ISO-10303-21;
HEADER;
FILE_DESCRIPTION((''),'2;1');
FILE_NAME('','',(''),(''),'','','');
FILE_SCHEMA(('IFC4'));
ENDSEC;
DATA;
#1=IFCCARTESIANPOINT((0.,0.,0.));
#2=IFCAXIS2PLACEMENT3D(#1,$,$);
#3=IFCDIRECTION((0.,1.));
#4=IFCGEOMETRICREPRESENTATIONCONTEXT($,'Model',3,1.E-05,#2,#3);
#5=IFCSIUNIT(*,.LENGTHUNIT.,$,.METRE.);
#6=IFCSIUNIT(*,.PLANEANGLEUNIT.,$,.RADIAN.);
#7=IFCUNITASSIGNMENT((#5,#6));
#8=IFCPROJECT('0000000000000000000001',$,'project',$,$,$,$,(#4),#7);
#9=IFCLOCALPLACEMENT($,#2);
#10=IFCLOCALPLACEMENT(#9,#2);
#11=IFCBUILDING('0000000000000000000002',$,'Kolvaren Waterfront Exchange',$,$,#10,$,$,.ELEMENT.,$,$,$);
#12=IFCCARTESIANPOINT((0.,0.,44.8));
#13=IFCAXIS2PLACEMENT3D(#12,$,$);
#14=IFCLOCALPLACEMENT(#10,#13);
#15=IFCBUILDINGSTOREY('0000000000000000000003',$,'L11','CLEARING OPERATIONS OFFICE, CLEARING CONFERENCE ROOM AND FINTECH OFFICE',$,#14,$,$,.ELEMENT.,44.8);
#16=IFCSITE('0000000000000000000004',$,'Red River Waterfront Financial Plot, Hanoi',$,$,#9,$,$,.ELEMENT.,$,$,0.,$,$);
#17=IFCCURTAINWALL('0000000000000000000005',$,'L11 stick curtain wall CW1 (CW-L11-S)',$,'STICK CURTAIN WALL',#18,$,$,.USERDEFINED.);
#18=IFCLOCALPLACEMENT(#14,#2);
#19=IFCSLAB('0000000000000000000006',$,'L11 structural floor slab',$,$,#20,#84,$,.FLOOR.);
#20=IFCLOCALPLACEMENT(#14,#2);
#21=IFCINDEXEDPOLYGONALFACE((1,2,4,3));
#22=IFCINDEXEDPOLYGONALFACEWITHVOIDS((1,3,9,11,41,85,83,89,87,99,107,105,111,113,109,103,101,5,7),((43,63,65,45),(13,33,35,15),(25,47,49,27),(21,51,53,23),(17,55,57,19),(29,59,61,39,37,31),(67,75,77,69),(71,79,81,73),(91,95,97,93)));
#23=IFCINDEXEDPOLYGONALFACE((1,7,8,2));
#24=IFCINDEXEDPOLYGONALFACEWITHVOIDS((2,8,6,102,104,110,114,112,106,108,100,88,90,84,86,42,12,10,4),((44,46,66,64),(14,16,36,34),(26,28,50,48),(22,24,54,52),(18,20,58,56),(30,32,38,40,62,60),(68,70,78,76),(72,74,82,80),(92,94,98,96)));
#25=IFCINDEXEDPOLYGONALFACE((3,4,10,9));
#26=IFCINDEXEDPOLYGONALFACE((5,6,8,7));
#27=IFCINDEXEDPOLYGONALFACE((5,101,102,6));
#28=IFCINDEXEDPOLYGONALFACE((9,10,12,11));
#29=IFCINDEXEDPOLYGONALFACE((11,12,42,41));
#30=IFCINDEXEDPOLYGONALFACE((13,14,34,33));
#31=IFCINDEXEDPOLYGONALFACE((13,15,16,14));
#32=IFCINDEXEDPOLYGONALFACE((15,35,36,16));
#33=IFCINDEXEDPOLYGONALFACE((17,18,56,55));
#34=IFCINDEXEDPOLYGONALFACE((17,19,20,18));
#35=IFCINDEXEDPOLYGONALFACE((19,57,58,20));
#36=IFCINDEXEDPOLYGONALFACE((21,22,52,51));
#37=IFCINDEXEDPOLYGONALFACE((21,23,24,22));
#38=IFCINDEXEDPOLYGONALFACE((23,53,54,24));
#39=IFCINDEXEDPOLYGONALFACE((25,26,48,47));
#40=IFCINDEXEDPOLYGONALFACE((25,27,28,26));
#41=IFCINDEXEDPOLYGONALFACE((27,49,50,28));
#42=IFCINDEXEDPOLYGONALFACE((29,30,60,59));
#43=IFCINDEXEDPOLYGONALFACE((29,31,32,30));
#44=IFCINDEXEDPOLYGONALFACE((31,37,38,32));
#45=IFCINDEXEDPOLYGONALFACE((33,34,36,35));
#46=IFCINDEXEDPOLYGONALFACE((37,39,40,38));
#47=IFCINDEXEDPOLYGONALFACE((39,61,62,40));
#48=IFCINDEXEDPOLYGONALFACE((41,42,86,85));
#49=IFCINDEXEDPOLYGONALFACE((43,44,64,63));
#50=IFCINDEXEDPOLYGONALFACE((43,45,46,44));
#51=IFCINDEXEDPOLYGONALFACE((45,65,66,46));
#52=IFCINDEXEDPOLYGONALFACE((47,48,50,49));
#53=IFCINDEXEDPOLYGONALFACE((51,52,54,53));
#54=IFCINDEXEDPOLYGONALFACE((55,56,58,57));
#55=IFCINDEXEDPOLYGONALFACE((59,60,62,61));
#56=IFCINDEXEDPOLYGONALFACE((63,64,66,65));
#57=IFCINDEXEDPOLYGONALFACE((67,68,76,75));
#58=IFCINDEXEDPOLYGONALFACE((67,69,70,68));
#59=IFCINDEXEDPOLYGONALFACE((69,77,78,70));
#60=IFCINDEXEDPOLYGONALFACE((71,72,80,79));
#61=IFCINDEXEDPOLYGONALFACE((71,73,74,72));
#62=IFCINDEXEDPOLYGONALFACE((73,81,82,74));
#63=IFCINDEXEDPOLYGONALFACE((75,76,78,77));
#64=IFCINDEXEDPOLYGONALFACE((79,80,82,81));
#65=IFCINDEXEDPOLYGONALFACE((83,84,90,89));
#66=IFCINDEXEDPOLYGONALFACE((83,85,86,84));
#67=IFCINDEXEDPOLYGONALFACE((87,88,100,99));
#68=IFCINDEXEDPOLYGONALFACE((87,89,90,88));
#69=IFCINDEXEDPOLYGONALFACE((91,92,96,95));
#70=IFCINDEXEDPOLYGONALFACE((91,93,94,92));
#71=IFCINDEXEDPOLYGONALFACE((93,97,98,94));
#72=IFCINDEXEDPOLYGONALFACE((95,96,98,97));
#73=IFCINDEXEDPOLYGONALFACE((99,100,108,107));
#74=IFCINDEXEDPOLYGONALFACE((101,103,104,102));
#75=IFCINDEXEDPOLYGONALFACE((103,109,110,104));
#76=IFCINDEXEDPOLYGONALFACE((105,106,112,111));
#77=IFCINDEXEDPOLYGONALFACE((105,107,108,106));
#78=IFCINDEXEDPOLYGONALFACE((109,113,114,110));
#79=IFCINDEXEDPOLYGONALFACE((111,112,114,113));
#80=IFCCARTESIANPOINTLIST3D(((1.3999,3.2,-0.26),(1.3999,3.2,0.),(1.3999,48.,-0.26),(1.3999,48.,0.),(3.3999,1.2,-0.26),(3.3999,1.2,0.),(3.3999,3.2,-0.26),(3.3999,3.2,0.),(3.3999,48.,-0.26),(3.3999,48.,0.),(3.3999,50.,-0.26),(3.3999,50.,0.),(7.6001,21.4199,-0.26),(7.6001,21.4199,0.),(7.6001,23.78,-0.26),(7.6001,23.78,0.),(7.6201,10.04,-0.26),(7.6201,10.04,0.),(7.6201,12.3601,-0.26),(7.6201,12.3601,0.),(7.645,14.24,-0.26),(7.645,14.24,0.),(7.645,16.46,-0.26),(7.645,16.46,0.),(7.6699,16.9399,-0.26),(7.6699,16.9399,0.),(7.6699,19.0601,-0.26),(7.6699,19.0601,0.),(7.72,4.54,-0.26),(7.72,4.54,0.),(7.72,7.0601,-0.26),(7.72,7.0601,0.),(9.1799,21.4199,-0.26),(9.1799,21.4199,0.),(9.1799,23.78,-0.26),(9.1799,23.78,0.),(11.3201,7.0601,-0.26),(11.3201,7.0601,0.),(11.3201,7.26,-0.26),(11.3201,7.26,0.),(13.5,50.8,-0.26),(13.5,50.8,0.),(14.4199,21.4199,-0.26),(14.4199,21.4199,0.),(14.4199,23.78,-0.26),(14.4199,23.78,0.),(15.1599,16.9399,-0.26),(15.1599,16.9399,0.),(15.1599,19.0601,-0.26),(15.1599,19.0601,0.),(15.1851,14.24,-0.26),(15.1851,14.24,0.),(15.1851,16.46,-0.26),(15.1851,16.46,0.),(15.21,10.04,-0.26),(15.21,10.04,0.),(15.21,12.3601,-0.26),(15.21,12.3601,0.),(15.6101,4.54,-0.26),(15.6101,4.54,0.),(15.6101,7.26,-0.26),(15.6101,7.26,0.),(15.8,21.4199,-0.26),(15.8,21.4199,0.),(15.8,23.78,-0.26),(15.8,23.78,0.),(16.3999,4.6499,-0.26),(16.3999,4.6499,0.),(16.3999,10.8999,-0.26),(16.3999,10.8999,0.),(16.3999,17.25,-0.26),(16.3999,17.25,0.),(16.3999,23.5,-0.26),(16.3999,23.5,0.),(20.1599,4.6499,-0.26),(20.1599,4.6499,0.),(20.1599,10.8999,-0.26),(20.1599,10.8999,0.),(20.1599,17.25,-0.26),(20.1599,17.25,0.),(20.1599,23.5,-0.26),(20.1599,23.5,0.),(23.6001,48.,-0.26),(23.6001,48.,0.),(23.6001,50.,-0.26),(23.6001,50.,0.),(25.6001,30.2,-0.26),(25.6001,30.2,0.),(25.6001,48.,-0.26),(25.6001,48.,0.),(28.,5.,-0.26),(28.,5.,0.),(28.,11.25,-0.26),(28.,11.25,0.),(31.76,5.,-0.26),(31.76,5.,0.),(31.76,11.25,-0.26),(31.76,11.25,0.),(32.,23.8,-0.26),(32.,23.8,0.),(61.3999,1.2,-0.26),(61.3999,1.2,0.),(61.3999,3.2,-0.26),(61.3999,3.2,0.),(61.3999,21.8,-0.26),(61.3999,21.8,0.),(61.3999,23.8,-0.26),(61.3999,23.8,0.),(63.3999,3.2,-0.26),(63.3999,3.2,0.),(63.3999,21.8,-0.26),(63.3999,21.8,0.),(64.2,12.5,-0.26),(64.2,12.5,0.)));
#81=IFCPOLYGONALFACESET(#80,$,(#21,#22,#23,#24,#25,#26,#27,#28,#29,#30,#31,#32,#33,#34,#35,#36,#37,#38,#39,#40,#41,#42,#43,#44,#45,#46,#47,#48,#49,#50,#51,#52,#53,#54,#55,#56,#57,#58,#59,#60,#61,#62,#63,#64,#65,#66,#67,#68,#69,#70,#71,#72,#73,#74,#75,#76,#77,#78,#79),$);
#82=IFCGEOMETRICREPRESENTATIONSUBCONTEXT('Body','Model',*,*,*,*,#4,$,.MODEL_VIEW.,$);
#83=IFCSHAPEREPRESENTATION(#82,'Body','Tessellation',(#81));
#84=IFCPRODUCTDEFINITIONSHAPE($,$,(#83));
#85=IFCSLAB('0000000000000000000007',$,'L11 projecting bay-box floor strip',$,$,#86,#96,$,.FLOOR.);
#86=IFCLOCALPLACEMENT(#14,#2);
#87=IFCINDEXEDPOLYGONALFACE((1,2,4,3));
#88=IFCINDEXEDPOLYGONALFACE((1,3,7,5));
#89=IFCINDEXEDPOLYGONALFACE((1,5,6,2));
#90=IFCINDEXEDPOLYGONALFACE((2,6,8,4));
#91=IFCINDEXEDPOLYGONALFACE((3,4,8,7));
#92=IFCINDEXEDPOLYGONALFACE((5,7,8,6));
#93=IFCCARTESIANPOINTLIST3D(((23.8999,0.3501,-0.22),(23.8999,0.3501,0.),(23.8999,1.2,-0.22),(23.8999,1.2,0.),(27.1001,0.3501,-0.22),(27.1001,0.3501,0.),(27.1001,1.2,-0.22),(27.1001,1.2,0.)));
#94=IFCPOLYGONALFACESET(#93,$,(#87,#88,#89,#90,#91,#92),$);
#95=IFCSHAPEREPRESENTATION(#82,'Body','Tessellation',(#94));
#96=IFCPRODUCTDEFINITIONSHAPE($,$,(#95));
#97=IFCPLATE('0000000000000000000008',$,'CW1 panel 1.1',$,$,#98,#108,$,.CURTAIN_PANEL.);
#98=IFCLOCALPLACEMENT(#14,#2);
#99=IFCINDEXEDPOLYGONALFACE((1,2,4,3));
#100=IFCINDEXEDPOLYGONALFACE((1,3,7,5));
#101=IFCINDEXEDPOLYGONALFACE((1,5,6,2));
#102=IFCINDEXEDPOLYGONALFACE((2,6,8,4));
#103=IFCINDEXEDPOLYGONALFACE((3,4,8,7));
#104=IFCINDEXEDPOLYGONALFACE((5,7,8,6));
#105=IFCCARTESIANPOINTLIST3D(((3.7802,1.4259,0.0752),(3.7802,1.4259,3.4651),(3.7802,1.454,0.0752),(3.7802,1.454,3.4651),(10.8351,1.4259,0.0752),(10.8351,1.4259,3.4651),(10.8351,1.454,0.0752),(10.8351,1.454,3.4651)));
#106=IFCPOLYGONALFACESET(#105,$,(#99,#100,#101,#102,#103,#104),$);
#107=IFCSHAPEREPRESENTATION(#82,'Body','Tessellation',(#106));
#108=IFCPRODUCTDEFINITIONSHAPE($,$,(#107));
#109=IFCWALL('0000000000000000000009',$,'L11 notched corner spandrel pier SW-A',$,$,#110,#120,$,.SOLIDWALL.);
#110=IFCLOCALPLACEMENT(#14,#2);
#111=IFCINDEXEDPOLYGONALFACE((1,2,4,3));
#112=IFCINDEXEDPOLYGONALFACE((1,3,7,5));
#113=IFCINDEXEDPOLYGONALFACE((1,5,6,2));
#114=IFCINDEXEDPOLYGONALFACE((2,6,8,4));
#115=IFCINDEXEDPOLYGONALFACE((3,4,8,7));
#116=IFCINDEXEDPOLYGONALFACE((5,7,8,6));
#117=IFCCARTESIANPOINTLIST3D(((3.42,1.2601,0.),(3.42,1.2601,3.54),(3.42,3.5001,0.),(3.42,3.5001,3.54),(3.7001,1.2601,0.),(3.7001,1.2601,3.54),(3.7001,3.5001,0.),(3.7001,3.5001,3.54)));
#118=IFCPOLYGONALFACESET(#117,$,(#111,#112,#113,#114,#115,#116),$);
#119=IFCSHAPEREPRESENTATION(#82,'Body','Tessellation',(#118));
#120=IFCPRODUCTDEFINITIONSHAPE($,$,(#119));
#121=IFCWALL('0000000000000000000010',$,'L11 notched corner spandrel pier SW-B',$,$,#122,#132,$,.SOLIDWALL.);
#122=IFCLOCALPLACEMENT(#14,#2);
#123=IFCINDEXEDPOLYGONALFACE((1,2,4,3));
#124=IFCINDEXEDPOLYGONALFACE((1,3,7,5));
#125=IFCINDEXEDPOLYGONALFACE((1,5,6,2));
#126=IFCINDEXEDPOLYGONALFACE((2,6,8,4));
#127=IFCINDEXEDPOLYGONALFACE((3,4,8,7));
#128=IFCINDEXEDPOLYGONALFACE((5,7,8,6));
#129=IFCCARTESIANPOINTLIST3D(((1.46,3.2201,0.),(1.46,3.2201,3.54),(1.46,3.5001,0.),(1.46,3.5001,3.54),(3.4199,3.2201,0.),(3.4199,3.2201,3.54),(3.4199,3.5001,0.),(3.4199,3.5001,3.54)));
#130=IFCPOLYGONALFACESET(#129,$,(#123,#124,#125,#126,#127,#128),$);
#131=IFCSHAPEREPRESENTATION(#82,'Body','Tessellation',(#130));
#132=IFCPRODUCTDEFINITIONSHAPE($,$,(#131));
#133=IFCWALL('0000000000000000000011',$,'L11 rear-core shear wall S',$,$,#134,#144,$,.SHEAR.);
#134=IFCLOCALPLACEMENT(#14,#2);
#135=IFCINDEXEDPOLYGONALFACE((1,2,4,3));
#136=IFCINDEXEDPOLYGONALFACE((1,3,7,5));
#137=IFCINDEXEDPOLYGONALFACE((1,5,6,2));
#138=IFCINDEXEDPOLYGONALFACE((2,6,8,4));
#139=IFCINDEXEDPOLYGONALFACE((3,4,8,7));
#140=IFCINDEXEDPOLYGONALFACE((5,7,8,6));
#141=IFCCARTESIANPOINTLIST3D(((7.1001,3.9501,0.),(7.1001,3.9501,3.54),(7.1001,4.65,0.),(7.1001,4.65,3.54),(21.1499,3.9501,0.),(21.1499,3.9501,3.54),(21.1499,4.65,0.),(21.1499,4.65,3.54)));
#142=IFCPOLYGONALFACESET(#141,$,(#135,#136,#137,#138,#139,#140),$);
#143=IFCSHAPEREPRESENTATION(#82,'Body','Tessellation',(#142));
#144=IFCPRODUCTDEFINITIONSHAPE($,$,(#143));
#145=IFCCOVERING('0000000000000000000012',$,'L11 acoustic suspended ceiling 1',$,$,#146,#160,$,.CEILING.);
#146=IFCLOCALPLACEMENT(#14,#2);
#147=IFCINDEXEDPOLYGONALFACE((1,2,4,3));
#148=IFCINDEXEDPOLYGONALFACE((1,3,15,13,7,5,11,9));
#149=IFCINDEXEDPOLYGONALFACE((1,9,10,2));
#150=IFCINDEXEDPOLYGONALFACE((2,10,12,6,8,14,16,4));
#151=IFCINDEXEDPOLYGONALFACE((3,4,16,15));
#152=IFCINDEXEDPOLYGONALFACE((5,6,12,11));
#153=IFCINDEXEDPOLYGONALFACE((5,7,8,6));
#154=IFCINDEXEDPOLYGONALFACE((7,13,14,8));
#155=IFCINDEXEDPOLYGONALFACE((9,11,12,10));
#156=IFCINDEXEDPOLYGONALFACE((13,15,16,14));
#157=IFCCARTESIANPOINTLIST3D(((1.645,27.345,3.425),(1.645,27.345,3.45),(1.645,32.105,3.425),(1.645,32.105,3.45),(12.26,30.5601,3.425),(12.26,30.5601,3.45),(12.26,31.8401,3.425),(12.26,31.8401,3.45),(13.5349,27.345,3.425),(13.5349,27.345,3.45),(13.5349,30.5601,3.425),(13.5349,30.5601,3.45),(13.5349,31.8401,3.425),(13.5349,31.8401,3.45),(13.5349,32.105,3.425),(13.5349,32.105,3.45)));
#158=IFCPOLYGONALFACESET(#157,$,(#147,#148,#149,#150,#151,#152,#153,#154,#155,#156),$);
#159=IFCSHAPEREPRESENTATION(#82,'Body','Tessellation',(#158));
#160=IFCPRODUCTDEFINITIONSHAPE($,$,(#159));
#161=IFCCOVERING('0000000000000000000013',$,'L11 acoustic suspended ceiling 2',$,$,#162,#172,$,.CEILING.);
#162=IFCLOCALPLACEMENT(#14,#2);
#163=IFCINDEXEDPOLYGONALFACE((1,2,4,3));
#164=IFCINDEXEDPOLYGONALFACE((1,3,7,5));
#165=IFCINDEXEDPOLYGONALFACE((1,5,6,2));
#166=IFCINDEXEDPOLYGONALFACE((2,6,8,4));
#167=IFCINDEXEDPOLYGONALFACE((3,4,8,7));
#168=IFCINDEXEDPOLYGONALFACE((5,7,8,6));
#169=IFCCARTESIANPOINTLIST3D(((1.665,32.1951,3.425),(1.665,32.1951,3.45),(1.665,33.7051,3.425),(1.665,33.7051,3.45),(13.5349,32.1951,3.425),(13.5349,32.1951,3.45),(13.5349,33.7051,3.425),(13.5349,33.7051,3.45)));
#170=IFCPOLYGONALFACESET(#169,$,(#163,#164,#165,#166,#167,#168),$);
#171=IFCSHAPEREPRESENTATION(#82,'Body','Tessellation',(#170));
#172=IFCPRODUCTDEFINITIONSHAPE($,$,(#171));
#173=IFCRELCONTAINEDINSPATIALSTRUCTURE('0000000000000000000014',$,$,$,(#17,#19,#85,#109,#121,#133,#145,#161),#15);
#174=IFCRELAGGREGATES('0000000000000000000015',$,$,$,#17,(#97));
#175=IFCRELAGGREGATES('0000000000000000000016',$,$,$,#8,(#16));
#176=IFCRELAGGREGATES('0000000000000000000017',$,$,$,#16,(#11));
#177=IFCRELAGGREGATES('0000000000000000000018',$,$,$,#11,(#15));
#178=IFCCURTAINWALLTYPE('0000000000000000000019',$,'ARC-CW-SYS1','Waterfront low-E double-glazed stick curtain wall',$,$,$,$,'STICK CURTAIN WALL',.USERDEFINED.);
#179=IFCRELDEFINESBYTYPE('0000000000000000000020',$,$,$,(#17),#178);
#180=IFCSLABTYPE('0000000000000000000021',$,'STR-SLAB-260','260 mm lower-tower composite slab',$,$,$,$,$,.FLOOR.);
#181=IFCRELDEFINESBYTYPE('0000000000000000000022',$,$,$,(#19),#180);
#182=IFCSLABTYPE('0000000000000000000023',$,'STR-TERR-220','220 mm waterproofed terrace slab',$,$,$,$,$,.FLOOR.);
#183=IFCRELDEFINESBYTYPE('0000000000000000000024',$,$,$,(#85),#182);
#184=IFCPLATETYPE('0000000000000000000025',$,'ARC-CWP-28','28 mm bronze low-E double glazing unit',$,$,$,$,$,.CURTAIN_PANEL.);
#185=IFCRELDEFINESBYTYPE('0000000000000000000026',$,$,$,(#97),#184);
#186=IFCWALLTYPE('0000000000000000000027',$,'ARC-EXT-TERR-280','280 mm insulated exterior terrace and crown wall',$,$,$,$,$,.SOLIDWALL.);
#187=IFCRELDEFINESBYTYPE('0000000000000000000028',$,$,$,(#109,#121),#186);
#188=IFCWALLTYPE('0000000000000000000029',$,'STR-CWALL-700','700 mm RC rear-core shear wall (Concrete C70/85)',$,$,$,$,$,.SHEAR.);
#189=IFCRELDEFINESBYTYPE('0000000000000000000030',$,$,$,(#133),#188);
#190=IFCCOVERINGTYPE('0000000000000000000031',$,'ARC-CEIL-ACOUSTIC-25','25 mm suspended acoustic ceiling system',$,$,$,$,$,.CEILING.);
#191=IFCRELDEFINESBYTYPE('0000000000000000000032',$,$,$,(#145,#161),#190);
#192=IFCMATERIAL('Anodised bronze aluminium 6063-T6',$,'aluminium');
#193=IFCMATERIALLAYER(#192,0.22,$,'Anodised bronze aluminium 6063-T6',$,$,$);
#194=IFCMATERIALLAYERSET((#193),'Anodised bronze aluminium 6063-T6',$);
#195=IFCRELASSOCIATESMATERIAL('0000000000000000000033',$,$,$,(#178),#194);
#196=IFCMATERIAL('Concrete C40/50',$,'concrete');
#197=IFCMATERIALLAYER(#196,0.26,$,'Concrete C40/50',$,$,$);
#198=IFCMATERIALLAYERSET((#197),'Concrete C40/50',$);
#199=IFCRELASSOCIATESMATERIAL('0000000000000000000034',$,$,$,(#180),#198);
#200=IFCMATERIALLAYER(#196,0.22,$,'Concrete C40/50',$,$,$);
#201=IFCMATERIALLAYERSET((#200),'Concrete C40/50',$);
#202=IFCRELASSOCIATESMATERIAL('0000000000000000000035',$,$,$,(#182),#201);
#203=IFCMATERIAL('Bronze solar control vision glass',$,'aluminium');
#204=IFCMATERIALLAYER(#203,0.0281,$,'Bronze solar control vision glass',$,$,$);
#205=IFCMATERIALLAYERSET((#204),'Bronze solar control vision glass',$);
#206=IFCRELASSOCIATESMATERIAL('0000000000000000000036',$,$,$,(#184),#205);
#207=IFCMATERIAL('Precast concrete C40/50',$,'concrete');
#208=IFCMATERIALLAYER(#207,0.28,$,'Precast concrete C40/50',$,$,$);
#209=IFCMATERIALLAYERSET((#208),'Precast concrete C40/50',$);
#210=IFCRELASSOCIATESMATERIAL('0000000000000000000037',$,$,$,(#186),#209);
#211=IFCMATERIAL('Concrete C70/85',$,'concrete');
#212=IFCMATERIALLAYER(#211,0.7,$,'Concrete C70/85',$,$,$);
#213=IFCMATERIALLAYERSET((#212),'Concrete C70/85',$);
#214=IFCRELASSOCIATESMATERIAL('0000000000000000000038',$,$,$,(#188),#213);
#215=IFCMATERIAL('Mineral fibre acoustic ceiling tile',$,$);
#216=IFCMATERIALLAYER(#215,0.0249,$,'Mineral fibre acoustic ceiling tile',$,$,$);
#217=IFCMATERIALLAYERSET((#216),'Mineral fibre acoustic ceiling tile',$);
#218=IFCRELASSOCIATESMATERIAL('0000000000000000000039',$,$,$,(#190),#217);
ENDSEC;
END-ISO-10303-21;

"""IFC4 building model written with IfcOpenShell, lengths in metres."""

from ifc_helpers import new_model, si_unit, direction, frame, frame_2d, origin, origin_with_axes, origin_2d, place, context, subcontext, project, spatial, polyline, rectangle, outline, extrude, source, transform, mapped, material, layer, layer_set, type_object, element, aggregate, save


model = new_model("IFC4")

# Units and contexts
model_context = context("Model", 3, precision=1e-05, world=origin(), true_north=direction((0.0, 1.0)))
body_context = subcontext(model_context, "Body", "Model", "MODEL_VIEW")
ifc_project = project(units=[si_unit("LENGTHUNIT", "METRE"), si_unit("PLANEANGLEUNIT", "RADIAN")], contexts=[model_context])

# Site, building, storey
site_placement = place(None, origin())
site = spatial("IfcSite", under=ifc_project, at=site_placement, Name="Red River Waterfront Financial Plot, Hanoi", CompositionType="ELEMENT", RefElevation=0.0)
building_placement = place(site_placement, origin())
building = spatial("IfcBuilding", under=site, at=building_placement, Name="Kolvaren Waterfront Exchange", CompositionType="ELEMENT")
storey_placement = place(building_placement, frame((0.0, 0.0, 44.8)))
storey = spatial("IfcBuildingStorey", under=building, at=storey_placement, Name="L11", Description="CLEARING OPERATIONS OFFICE, CLEARING CONFERENCE ROOM AND FINTECH OFFICE", CompositionType="ELEMENT", Elevation=44.8)

# Curtain wall
ifc_material_1 = material(Name="Anodised bronze aluminium 6063-T6", Category="aluminium")
ifc_layer_1 = layer(ifc_material_1, 0.22, Name="Anodised bronze aluminium 6063-T6")
ifc_layer_set_1 = layer_set([ifc_layer_1], Name="Anodised bronze aluminium 6063-T6")
curtain_wall_type_1 = type_object("IfcCurtainWallType", Name="ARC-CW-SYS1", Description="Waterfront low-E double-glazed stick curtain wall", ElementType="STICK CURTAIN WALL", PredefinedType="USERDEFINED", material=ifc_layer_set_1)
curtain_wall_1_placement = place(storey_placement, origin())
curtain_wall_1 = element("IfcCurtainWall", 1, at=curtain_wall_1_placement, inside=storey, type_object=curtain_wall_type_1, Name="L11 stick curtain wall CW1 (CW-L11-S)", ObjectType="STICK CURTAIN WALL", PredefinedType="USERDEFINED")

# Shared definitions
ifc_material_2 = material(Name="Concrete C40/50", Category="concrete")

# Slabs
ifc_layer_2 = layer(ifc_material_2, 0.26, Name="Concrete C40/50")
ifc_layer_set_2 = layer_set([ifc_layer_2], Name="Concrete C40/50")
slab_type_1 = type_object("IfcSlabType", Name="STR-SLAB-260", Description="260 mm lower-tower composite slab", PredefinedType="FLOOR", material=ifc_layer_set_2)
slab_1_placement = place(storey_placement, frame((0.0, 0.0, -0.26)))
element("IfcSlab", 2, at=slab_1_placement, inside=storey, type_object=slab_type_1, Name="L11 structural floor slab", PredefinedType="FLOOR", context=body_context, shape_type="SweptSolid", body=[
    extrude(outline(polyline([(3.3999, 1.2), (61.3999, 1.2), (61.3999, 3.2), (63.3999, 3.2), (64.2, 12.5), (63.3999, 21.8), (61.3999, 21.8), (61.3999, 23.8), (32.0, 23.8), (25.6001, 30.2), (25.6001, 48.0), (23.6001, 48.0), (23.6001, 50.0), (13.5, 50.8), (3.3999, 50.0), (3.3999, 48.0), (1.3999, 48.0), (1.3999, 3.2), (3.3999, 3.2), (3.3999, 1.2)]), holes=[polyline([(11.3201, 7.26), (15.6101, 7.26), (15.6101, 4.54), (7.72, 4.54), (7.72, 7.0601), (11.3201, 7.0601), (11.3201, 7.26)]), polyline([(20.1599, 4.6499), (16.3999, 4.6499), (16.3999, 10.8999), (20.1599, 10.8999), (20.1599, 4.6499)]), polyline([(31.76, 5.0), (28.0, 5.0), (28.0, 11.25), (31.76, 11.25), (31.76, 5.0)]), polyline([(15.21, 10.04), (7.6201, 10.04), (7.6201, 12.3601), (15.21, 12.3601), (15.21, 10.04)]), polyline([(7.645, 16.46), (15.1851, 16.46), (15.1851, 14.24), (7.645, 14.24), (7.645, 16.46)]), polyline([(15.1599, 16.9399), (7.6699, 16.9399), (7.6699, 19.0601), (15.1599, 19.0601), (15.1599, 16.9399)]), polyline([(16.3999, 23.5), (20.1599, 23.5), (20.1599, 17.25), (16.3999, 17.25), (16.3999, 23.5)]), polyline([(7.6001, 23.78), (9.1799, 23.78), (9.1799, 21.4199), (7.6001, 21.4199), (7.6001, 23.78)]), polyline([(15.8, 23.78), (15.8, 21.4199), (14.4199, 21.4199), (14.4199, 23.78), (15.8, 23.78)])]), origin(), (0.0, 0.0, 1.0), 0.26),
])
ifc_layer_3 = layer(ifc_material_2, 0.22, Name="Concrete C40/50")
ifc_layer_set_3 = layer_set([ifc_layer_3], Name="Concrete C40/50")
slab_type_2 = type_object("IfcSlabType", Name="STR-TERR-220", Description="220 mm waterproofed terrace slab", PredefinedType="FLOOR", material=ifc_layer_set_3)
slab_2_placement = place(storey_placement, frame((0.0, 0.0, -0.22)))
element("IfcSlab", 3, at=slab_2_placement, inside=storey, type_object=slab_type_2, Name="L11 projecting bay-box floor strip", PredefinedType="FLOOR", context=body_context, shape_type="SweptSolid", body=[
    extrude(outline(polyline([(23.8999, 0.3501), (27.1001, 0.3501), (27.1001, 1.2), (23.8999, 1.2), (23.8999, 0.3501)])), origin(), (0.0, 0.0, 1.0), 0.22),
])

# Plate
ifc_material_3 = material(Name="Bronze solar control vision glass", Category="aluminium")
ifc_layer_4 = layer(ifc_material_3, 0.0281, Name="Bronze solar control vision glass")
ifc_layer_set_4 = layer_set([ifc_layer_4], Name="Bronze solar control vision glass")
plate_type = type_object("IfcPlateType", Name="ARC-CWP-28", Description="28 mm bronze low-E double glazing unit", PredefinedType="CURTAIN_PANEL", material=ifc_layer_set_4)
shared_shape_1 = source(origin_with_axes(), body_context, "Body", "SweptSolid", [
    extrude(rectangle(XDim=7.0549, YDim=0.0281, at=origin_2d()), origin(), (0.0, 0.0, 1.0), 3.3899),
])
plate_placement = place(storey_placement, frame((7.3076, 1.4399, 0.0752), z_axis=(0.0, 0.0, 1.0), x_axis=(1.0, 0.0, 0.0)))
plate = element("IfcPlate", 4, at=plate_placement, type_object=plate_type, Name="CW1 panel 1.1", PredefinedType="CURTAIN_PANEL", context=body_context, shape_type="MappedRepresentation", body=[
    mapped(shared_shape_1, transform((0.0, 0.0, 0.0), x_axis=(1.0, 0.0, 0.0), y_axis=(0.0, 1.0, 0.0), z_axis=(0.0, 0.0, 1.0), scale=1.0)),
])
aggregate(curtain_wall_1, [plate])

# Walls
ifc_material_4 = material(Name="Precast concrete C40/50", Category="concrete")
ifc_layer_5 = layer(ifc_material_4, 0.28, Name="Precast concrete C40/50")
ifc_layer_set_5 = layer_set([ifc_layer_5], Name="Precast concrete C40/50")
wall_type_1 = type_object("IfcWallType", Name="ARC-EXT-TERR-280", Description="280 mm insulated exterior terrace and crown wall", PredefinedType="SOLIDWALL", material=ifc_layer_set_5)
wall_1_placement = place(storey_placement, frame((3.5601, 1.26, 0.0), z_axis=(0.0, 0.0, 1.0), x_axis=(0.0, 1.0, 0.0)))
element("IfcWall", 5, at=wall_1_placement, inside=storey, type_object=wall_type_1, Name="L11 notched corner spandrel pier SW-A", PredefinedType="SOLIDWALL", context=body_context, shape_type="SweptSolid", body=[
    extrude(rectangle(XDim=2.24, YDim=0.28, at=frame_2d((1.1201, 0.0))), origin(), (0.0, 0.0, 1.0), 3.54),
])
wall_2_placement = place(storey_placement, frame((1.46, 3.3601, 0.0), z_axis=(0.0, 0.0, 1.0), x_axis=(1.0, 0.0, 0.0)))
element("IfcWall", 6, at=wall_2_placement, inside=storey, type_object=wall_type_1, Name="L11 notched corner spandrel pier SW-B", PredefinedType="SOLIDWALL", context=body_context, shape_type="SweptSolid", body=[
    extrude(rectangle(XDim=1.96, YDim=0.28, at=frame_2d((0.98, 0.0))), origin(), (0.0, 0.0, 1.0), 3.54),
])
ifc_material_5 = material(Name="Concrete C70/85", Category="concrete")
ifc_layer_6 = layer(ifc_material_5, 0.7, Name="Concrete C70/85")
ifc_layer_set_6 = layer_set([ifc_layer_6], Name="Concrete C70/85")
wall_type_2 = type_object("IfcWallType", Name="STR-CWALL-700", Description="700 mm RC rear-core shear wall (Concrete C70/85)", PredefinedType="SHEAR", material=ifc_layer_set_6)
wall_3_placement = place(storey_placement, frame((7.1001, 4.3, 0.0), z_axis=(0.0, 0.0, 1.0), x_axis=(1.0, 0.0, 0.0)))
element("IfcWall", 7, at=wall_3_placement, inside=storey, type_object=wall_type_2, Name="L11 rear-core shear wall S", PredefinedType="SHEAR", context=body_context, shape_type="SweptSolid", body=[
    extrude(rectangle(XDim=14.0498, YDim=0.7, at=frame_2d((7.0249, 0.0))), origin(), (0.0, 0.0, 1.0), 3.54),
])

# Coverings
ifc_material_6 = material(Name="Mineral fibre acoustic ceiling tile")
ifc_layer_7 = layer(ifc_material_6, 0.0249, Name="Mineral fibre acoustic ceiling tile")
ifc_layer_set_7 = layer_set([ifc_layer_7], Name="Mineral fibre acoustic ceiling tile")
covering_type_1 = type_object("IfcCoveringType", Name="ARC-CEIL-ACOUSTIC-25", Description="25 mm suspended acoustic ceiling system", PredefinedType="CEILING", material=ifc_layer_set_7)
covering_1_placement = place(storey_placement, frame((0.0, 0.0, 3.425)))
element("IfcCovering", 8, at=covering_1_placement, inside=storey, type_object=covering_type_1, Name="L11 acoustic suspended ceiling 1", PredefinedType="CEILING", context=body_context, shape_type="SweptSolid", body=[
    extrude(outline(polyline([(13.5349, 30.5601), (12.26, 30.5601), (12.26, 31.8401), (13.5349, 31.8401), (13.5349, 32.105), (1.645, 32.105), (1.645, 27.345), (13.5349, 27.345), (13.5349, 30.5601)])), origin(), (0.0, 0.0, 1.0), 0.0249),
])
covering_2_placement = place(storey_placement, frame((0.0, 0.0, 3.425)))
element("IfcCovering", 9, at=covering_2_placement, inside=storey, type_object=covering_type_1, Name="L11 acoustic suspended ceiling 2", PredefinedType="CEILING", context=body_context, shape_type="SweptSolid", body=[
    extrude(outline(polyline([(13.5349, 32.1951), (13.5349, 33.7051), (1.665, 33.7051), (1.665, 32.1951), (13.5349, 32.1951)])), origin(), (0.0, 0.0, 1.0), 0.0249),
])

save(model, "model.ifc")
